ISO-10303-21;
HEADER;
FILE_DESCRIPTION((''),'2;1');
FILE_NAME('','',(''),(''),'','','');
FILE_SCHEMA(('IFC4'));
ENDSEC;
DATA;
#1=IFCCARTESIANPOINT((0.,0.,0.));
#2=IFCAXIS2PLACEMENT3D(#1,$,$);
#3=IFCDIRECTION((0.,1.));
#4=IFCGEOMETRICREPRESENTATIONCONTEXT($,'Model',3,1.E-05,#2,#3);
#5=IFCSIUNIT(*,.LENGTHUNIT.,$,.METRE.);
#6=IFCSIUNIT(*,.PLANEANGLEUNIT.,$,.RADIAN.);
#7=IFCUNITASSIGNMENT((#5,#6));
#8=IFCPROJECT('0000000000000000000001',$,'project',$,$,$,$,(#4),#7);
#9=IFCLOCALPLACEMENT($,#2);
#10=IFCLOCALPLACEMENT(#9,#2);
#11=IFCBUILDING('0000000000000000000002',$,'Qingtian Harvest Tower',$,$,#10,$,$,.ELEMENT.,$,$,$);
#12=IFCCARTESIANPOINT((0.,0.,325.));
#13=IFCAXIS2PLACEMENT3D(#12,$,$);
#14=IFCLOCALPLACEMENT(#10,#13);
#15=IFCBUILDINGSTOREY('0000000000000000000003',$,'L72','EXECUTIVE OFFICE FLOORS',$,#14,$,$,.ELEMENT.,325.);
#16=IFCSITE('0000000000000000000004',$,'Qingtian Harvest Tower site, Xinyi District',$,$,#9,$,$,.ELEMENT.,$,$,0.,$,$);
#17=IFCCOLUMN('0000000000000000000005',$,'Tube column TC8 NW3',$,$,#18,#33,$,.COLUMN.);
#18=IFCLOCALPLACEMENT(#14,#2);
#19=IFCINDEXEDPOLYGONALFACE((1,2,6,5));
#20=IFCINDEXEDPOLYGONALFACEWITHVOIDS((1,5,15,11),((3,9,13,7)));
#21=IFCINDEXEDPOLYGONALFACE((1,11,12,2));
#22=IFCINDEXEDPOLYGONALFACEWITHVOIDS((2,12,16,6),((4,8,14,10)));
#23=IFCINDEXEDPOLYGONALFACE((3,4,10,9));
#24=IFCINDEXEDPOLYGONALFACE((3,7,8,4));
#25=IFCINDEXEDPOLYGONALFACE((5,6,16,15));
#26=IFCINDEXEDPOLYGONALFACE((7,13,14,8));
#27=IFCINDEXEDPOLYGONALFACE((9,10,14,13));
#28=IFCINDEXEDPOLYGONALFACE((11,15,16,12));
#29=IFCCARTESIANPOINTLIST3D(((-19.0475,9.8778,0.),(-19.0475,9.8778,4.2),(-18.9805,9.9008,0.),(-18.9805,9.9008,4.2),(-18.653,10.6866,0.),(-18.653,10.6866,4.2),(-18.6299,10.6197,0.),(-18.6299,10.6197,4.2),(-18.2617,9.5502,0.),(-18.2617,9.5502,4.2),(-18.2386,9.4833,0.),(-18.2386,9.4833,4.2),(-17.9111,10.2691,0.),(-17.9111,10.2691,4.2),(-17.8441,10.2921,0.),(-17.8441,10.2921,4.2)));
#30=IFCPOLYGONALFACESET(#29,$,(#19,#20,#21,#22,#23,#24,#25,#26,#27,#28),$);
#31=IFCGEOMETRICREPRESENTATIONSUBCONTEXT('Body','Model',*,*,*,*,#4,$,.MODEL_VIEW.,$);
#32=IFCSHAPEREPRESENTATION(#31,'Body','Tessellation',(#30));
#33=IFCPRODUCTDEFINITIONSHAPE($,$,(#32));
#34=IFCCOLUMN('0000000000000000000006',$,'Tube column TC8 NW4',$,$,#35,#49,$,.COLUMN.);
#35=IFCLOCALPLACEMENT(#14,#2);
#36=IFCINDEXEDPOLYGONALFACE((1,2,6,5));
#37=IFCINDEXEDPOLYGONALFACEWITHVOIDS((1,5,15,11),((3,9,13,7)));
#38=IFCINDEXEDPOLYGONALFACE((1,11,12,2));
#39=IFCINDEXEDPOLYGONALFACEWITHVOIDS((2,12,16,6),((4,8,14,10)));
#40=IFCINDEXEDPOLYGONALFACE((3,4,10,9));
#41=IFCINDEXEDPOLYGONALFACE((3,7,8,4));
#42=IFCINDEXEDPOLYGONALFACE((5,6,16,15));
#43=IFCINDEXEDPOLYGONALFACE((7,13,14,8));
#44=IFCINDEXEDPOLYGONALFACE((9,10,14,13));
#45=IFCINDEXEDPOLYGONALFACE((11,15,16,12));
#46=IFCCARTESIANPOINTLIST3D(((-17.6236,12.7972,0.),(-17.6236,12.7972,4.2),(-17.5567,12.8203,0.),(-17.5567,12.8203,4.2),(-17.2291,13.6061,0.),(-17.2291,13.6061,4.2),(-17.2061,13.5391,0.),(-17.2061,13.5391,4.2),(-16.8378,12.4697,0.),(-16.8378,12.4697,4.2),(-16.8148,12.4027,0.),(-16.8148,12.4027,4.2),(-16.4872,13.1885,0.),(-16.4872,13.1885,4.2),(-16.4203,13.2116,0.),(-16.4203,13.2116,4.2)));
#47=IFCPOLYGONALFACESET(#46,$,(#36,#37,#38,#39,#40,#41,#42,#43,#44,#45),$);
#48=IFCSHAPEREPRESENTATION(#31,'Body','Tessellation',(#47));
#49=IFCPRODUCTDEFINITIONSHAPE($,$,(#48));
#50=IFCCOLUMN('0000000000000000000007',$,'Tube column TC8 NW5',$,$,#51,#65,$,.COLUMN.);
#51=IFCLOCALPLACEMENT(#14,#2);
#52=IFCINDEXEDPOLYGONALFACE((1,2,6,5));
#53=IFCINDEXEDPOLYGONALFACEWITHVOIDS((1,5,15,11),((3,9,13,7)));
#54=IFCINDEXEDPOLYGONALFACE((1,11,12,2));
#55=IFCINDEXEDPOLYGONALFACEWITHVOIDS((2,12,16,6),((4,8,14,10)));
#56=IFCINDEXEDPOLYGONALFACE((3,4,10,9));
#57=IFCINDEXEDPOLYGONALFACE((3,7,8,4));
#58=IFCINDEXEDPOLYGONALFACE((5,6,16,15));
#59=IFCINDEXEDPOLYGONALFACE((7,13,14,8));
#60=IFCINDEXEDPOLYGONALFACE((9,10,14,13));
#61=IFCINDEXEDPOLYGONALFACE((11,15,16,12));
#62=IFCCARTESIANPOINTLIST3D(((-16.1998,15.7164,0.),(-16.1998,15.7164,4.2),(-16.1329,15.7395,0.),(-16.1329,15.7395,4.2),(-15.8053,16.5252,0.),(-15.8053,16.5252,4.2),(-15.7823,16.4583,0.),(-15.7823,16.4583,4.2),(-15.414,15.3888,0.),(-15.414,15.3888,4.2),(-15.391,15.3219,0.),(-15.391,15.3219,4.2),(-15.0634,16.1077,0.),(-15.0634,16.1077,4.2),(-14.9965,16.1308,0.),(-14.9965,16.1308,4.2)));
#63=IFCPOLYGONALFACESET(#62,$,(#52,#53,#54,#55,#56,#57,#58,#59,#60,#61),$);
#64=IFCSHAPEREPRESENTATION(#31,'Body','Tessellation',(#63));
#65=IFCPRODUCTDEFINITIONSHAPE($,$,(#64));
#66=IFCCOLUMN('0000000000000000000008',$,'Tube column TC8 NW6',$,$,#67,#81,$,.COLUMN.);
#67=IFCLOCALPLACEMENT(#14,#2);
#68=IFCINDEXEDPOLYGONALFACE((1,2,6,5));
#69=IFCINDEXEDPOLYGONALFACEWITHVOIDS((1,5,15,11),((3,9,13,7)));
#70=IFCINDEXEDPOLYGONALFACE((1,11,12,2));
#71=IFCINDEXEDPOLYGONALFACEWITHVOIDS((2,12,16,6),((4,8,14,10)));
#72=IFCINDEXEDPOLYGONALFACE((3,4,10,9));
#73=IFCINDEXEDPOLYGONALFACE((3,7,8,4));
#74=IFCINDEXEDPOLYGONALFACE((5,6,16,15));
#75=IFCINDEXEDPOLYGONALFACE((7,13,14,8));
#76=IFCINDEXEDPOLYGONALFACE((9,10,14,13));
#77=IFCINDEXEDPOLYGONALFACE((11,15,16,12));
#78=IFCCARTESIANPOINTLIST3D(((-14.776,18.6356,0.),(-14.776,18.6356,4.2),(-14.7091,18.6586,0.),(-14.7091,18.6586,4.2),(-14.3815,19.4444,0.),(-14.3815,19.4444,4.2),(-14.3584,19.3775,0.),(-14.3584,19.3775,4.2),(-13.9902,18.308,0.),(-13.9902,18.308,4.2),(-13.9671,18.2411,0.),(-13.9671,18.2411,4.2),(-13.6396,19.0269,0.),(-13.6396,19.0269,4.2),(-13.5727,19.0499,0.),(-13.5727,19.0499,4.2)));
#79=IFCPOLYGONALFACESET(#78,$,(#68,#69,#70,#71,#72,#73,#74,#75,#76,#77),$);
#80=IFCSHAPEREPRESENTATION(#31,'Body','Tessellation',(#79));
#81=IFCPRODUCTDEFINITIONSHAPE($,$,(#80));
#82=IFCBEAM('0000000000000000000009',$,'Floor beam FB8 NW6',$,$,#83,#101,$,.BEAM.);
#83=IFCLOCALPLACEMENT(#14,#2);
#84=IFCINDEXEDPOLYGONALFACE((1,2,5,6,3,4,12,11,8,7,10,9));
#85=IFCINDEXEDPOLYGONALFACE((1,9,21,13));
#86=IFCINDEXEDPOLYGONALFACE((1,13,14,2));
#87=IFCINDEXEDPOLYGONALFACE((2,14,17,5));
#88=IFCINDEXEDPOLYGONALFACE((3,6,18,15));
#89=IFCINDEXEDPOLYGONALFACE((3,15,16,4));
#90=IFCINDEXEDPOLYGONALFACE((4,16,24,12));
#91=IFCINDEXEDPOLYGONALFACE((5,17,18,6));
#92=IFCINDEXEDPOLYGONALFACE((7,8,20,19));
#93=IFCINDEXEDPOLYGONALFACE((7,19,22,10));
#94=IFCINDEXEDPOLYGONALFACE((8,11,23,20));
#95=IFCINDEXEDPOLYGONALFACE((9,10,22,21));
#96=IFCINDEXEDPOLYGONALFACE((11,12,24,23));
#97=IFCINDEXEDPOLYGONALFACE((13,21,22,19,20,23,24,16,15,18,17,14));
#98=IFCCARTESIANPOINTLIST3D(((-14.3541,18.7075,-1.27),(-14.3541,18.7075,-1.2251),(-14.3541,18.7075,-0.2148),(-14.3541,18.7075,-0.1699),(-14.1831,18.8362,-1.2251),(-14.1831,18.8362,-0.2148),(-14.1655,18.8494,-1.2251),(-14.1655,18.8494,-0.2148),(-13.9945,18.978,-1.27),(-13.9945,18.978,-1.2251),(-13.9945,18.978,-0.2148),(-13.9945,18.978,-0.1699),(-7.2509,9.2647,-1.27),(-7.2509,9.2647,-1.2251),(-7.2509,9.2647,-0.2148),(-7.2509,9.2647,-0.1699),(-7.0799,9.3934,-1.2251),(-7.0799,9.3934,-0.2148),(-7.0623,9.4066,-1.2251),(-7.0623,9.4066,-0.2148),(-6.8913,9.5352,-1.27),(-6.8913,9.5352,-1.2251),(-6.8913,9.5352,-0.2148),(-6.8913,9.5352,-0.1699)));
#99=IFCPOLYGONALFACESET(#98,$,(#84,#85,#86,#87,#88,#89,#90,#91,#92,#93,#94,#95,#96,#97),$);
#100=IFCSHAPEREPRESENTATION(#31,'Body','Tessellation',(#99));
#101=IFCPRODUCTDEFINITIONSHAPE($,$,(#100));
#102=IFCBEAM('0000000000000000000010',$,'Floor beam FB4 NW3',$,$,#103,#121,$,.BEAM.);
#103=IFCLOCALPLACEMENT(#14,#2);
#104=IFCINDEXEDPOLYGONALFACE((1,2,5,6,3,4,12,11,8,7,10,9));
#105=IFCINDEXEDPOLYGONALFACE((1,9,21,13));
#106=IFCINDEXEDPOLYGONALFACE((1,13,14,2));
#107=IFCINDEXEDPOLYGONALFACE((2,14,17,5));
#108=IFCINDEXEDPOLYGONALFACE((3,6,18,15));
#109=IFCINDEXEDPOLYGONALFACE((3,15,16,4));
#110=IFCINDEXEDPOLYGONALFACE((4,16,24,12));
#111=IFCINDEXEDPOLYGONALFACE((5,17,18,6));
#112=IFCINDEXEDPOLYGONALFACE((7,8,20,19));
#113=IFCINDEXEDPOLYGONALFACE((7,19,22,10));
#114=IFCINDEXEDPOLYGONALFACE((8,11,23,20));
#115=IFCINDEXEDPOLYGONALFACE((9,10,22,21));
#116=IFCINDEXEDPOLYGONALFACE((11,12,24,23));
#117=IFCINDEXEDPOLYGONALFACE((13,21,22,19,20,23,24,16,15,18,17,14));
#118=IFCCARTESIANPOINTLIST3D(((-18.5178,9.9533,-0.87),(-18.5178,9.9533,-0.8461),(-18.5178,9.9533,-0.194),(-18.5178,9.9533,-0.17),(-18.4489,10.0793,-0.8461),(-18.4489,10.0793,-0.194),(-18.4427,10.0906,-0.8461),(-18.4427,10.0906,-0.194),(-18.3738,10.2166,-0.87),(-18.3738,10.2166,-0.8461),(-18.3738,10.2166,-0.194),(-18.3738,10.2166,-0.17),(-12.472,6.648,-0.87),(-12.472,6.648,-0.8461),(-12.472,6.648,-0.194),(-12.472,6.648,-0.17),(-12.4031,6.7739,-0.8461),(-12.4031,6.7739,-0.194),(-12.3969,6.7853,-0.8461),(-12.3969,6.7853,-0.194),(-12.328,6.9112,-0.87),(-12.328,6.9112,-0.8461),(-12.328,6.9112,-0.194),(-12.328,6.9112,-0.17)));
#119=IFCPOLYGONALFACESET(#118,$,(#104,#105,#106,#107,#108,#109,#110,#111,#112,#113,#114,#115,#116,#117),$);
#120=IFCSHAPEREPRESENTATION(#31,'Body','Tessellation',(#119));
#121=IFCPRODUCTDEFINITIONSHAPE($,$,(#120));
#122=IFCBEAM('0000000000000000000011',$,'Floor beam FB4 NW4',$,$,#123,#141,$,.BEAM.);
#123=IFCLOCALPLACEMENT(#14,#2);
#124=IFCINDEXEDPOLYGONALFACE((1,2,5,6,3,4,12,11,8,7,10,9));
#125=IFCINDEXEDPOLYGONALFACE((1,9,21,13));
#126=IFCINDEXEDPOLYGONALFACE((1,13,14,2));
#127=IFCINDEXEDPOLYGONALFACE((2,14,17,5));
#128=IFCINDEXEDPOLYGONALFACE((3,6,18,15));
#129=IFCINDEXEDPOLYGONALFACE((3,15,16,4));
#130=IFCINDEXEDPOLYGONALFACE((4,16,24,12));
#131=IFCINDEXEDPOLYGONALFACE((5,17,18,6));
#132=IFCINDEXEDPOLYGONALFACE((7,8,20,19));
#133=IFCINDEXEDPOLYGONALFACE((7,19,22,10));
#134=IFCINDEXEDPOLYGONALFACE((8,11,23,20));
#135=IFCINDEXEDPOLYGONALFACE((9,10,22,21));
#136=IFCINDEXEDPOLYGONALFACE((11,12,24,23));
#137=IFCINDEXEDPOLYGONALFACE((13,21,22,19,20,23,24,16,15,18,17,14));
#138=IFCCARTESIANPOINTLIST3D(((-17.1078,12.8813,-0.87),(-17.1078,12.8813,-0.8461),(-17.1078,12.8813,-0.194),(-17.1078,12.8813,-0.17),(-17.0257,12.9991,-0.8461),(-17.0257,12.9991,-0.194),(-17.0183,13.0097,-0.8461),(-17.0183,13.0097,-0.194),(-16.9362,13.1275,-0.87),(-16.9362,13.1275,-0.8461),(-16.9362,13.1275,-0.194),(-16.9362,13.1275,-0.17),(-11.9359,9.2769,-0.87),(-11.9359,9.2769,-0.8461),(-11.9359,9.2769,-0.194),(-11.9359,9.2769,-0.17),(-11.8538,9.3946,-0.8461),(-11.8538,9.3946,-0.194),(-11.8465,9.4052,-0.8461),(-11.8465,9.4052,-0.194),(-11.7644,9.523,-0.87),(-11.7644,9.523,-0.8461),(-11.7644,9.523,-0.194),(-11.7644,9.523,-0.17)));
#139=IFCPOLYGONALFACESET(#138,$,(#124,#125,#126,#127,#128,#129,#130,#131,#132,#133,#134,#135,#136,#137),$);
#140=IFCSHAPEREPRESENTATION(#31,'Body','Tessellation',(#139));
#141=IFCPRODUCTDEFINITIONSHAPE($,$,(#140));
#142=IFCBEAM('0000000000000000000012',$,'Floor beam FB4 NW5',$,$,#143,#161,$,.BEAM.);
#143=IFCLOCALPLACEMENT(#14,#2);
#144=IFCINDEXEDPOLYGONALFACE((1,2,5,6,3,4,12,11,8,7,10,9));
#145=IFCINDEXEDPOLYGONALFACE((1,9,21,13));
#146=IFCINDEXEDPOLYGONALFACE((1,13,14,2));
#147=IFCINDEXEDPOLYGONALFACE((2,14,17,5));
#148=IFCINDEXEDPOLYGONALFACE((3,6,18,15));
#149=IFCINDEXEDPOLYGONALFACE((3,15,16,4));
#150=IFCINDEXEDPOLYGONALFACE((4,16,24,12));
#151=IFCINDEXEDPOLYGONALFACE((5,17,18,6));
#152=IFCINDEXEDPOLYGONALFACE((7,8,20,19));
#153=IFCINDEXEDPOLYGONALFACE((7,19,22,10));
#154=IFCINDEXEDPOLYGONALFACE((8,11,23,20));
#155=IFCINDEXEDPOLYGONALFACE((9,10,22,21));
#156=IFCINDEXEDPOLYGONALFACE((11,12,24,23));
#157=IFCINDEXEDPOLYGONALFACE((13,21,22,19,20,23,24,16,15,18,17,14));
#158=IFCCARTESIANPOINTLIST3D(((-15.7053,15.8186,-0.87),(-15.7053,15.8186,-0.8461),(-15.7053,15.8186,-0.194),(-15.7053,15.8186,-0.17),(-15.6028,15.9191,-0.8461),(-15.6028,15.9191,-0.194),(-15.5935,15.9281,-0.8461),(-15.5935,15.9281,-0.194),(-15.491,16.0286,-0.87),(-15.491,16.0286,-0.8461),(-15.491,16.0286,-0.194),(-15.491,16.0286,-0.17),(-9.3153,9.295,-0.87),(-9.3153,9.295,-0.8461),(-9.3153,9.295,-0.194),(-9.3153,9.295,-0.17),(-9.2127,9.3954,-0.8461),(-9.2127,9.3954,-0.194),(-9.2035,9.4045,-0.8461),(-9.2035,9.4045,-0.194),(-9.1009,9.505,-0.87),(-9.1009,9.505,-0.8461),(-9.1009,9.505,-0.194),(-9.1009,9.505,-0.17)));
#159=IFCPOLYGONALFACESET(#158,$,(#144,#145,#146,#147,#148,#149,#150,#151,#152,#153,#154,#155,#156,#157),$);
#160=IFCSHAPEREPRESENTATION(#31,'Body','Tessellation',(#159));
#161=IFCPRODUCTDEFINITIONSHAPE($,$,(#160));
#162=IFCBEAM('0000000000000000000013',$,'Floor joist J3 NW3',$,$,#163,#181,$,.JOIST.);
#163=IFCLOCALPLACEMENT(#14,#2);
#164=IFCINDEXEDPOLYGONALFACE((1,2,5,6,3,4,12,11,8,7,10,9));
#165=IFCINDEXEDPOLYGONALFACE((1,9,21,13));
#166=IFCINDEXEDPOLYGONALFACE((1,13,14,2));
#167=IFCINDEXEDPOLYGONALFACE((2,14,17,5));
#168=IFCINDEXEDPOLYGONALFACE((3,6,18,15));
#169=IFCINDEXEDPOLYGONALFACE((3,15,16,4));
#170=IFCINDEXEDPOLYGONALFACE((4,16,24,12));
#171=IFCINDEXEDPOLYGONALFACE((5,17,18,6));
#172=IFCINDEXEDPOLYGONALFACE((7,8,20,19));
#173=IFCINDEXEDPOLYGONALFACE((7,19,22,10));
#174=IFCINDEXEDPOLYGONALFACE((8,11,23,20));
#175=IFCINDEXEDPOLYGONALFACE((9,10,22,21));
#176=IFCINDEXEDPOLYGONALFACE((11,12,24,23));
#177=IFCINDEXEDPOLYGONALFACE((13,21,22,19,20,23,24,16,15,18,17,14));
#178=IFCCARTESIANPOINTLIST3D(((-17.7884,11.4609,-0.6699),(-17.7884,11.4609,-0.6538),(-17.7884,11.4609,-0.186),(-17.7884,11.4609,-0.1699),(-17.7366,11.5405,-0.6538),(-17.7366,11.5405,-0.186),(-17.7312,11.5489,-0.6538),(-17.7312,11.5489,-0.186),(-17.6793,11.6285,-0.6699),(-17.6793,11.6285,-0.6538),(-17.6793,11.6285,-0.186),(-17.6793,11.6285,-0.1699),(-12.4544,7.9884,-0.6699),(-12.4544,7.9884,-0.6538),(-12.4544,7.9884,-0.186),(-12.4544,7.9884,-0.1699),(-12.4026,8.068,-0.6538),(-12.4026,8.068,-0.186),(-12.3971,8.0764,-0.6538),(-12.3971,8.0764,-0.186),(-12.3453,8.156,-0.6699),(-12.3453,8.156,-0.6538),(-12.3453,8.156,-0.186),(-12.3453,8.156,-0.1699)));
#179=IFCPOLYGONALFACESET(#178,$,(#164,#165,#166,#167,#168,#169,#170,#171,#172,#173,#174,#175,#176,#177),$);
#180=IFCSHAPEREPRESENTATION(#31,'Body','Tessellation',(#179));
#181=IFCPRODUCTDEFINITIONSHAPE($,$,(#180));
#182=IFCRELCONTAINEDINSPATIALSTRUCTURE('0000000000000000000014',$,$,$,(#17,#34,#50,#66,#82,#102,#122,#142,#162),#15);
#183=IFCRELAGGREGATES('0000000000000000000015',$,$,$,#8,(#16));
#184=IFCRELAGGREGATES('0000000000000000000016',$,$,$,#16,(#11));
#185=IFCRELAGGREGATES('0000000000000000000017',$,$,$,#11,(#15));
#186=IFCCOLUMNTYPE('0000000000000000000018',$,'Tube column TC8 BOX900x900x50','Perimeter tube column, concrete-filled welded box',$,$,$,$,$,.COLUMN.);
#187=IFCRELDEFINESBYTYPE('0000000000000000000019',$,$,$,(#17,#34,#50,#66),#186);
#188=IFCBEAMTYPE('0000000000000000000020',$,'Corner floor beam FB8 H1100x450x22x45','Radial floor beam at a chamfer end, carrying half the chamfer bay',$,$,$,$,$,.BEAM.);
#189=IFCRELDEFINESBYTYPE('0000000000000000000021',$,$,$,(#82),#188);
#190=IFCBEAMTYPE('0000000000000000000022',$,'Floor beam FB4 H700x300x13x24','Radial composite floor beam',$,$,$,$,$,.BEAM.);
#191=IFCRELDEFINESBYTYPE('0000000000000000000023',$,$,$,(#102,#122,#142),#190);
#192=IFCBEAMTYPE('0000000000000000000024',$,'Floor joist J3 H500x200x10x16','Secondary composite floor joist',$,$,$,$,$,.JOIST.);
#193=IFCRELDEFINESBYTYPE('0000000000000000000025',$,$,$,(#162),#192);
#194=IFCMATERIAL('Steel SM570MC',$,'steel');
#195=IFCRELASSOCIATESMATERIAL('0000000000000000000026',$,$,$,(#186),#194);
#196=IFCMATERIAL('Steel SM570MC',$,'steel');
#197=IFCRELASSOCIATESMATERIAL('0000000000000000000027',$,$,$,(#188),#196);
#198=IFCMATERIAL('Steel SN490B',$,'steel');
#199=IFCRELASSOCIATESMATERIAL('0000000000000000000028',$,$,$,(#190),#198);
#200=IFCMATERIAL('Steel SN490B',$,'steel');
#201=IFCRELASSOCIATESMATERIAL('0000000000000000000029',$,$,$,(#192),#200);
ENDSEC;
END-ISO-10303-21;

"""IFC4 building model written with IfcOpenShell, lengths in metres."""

from ifc_helpers import new_model, si_unit, direction, frame, origin, origin_2d, place, context, subcontext, project, spatial, hollow_rectangle, i_section, extrude, material, material_profile, profile_set, type_object, element, save


model = new_model("IFC4")

# Units and contexts
model_context = context("Model", 3, precision=1e-05, world=origin(), true_north=direction((0.0, 1.0)))
body_context = subcontext(model_context, "Body", "Model", "MODEL_VIEW")
ifc_project = project(units=[si_unit("LENGTHUNIT", "METRE"), si_unit("PLANEANGLEUNIT", "RADIAN")], contexts=[model_context])

# Site, building, storey
site_placement = place(None, origin())
site = spatial("IfcSite", under=ifc_project, at=site_placement, Name="Qingtian Harvest Tower site, Xinyi District", CompositionType="ELEMENT", RefElevation=0.0)
building_placement = place(site_placement, origin())
building = spatial("IfcBuilding", under=site, at=building_placement, Name="Qingtian Harvest Tower", CompositionType="ELEMENT")
storey_placement = place(building_placement, frame((0.0, 0.0, 325.0)))
storey = spatial("IfcBuildingStorey", under=building, at=storey_placement, Name="L72", Description="EXECUTIVE OFFICE FLOORS", CompositionType="ELEMENT", Elevation=325.0)

# Columns
ifc_material_1 = material(Name="Steel SM570MC", Category="steel")
ifc_material_profile_1 = material_profile(ifc_material_1, hollow_rectangle(XDim=0.8999, YDim=0.8999, WallThickness=0.05, at=origin_2d()), Name="BOX900x900x50")
ifc_profile_set_1 = profile_set([ifc_material_profile_1], Name="Steel SM570MC")
column_type = type_object("IfcColumnType", Name="Tube column TC8 BOX900x900x50", Description="Perimeter tube column, concrete-filled welded box", PredefinedType="COLUMN", material=ifc_profile_set_1)
for number, where, z_axis, x_axis, name in (
    (1, (-18.4458, 10.085, 0.0), (0.0, 0.0, 1.0), (-0.438371, -0.898794, 0.0), "Tube column TC8 NW3"),
    (2, (-17.022, 13.0044, 0.0), (0.0, 0.0, 1.0), (-0.438371, -0.898794, 0.0), "Tube column TC8 NW4"),
    (3, (-15.5981, 15.9236, 0.0), (0.0, 0.0, 1.0), (-0.438371, -0.898794, 0.0), "Tube column TC8 NW5"),
    (4, (-14.1743, 18.8428, 0.0), (0.0, 0.0, 1.0), (-0.438371, -0.898794, 0.0), "Tube column TC8 NW6"),
):
    element("IfcColumn", number, at=place(storey_placement, frame(where, z_axis=z_axis, x_axis=x_axis)), inside=storey, type_object=column_type, Name=name, PredefinedType="COLUMN", context=body_context, shape_type="SweptSolid", body=[
        extrude(hollow_rectangle(XDim=0.8999, YDim=0.8999, WallThickness=0.05, at=origin_2d()), origin(), (0.0, 0.0, 1.0), 4.2),
    ])

# Beams
ifc_material_2 = material(Name="Steel SM570MC", Category="steel")
ifc_material_profile_2 = material_profile(ifc_material_2, i_section(OverallWidth=0.45, OverallDepth=1.1001, WebThickness=0.022, FlangeThickness=0.0449, at=origin_2d()), Name="H1100x450x22x45")
ifc_profile_set_2 = profile_set([ifc_material_profile_2], Name="Steel SM570MC")
beam_type_1 = type_object("IfcBeamType", Name="Corner floor beam FB8 H1100x450x22x45", Description="Radial floor beam at a chamfer end, carrying half the chamfer bay", PredefinedType="BEAM", material=ifc_profile_set_2)
beam_1_placement = place(storey_placement, frame((-14.1743, 18.8428, -0.72), z_axis=(0.601143, -0.799141, 0.0), x_axis=(0.799141, 0.601143, 0.0)))
element("IfcBeam", 5, at=beam_1_placement, inside=storey, type_object=beam_type_1, Name="Floor beam FB8 NW6", PredefinedType="BEAM", context=body_context, shape_type="SweptSolid", body=[
    extrude(i_section(OverallWidth=0.45, OverallDepth=1.1001, WebThickness=0.022, FlangeThickness=0.0449, at=origin_2d()), origin(), (0.0, 0.0, 1.0), 11.8162),
])
ifc_material_3 = material(Name="Steel SN490B", Category="steel")
ifc_material_profile_3 = material_profile(ifc_material_3, i_section(OverallWidth=0.3, OverallDepth=0.7, WebThickness=0.0129, FlangeThickness=0.0239, at=origin_2d()), Name="H700x300x13x24")
ifc_profile_set_3 = profile_set([ifc_material_profile_3], Name="Steel SN490B")
beam_type_2 = type_object("IfcBeamType", Name="Floor beam FB4 H700x300x13x24", Description="Radial composite floor beam", PredefinedType="BEAM", material=ifc_profile_set_3)
beam_2_placement = place(storey_placement, frame((-18.4458, 10.085, -0.52), z_axis=(0.877428, -0.479708, 0.0), x_axis=(0.479708, 0.877428, 0.0)))
element("IfcBeam", 6, at=beam_2_placement, inside=storey, type_object=beam_type_2, Name="Floor beam FB4 NW3", PredefinedType="BEAM", context=body_context, shape_type="SweptSolid", body=[
    extrude(i_section(OverallWidth=0.3, OverallDepth=0.7, WebThickness=0.0129, FlangeThickness=0.0239, at=origin_2d()), origin(), (0.0, 0.0, 1.0), 6.8904),
])
beam_3_placement = place(storey_placement, frame((-17.022, 13.0044, -0.52), z_axis=(0.820409, -0.571777, 0.0), x_axis=(0.571777, 0.820409, 0.0)))
element("IfcBeam", 7, at=beam_3_placement, inside=storey, type_object=beam_type_2, Name="Floor beam FB4 NW4", PredefinedType="BEAM", context=body_context, shape_type="SweptSolid", body=[
    extrude(i_section(OverallWidth=0.3, OverallDepth=0.7, WebThickness=0.0129, FlangeThickness=0.0239, at=origin_2d()), origin(), (0.0, 0.0, 1.0), 6.304),
])
beam_4_placement = place(storey_placement, frame((-15.5981, 15.9236, -0.52), z_axis=(0.699757, -0.714381, 0.0), x_axis=(0.714381, 0.699757, 0.0)))
element("IfcBeam", 8, at=beam_4_placement, inside=storey, type_object=beam_type_2, Name="Floor beam FB4 NW5", PredefinedType="BEAM", context=body_context, shape_type="SweptSolid", body=[
    extrude(i_section(OverallWidth=0.3, OverallDepth=0.7, WebThickness=0.0129, FlangeThickness=0.0239, at=origin_2d()), origin(), (0.0, 0.0, 1.0), 9.1318),
])
ifc_material_4 = material(Name="Steel SN490B", Category="steel")
ifc_material_profile_4 = material_profile(ifc_material_4, i_section(OverallWidth=0.2, OverallDepth=0.5, WebThickness=0.01, FlangeThickness=0.0161, at=origin_2d()), Name="H500x200x10x16")
ifc_profile_set_4 = profile_set([ifc_material_profile_4], Name="Steel SN490B")
beam_type_3 = type_object("IfcBeamType", Name="Floor joist J3 H500x200x10x16", Description="Secondary composite floor joist", PredefinedType="JOIST", material=ifc_profile_set_4)
beam_5_placement = place(storey_placement, frame((-17.7339, 11.5447, -0.4199), z_axis=(0.838061, -0.545576, 0.0), x_axis=(0.545576, 0.838061, 0.0)))
element("IfcBeam", 9, at=beam_5_placement, inside=storey, type_object=beam_type_3, Name="Floor joist J3 NW3", PredefinedType="JOIST", context=body_context, shape_type="SweptSolid", body=[
    extrude(i_section(OverallWidth=0.2, OverallDepth=0.5, WebThickness=0.01, FlangeThickness=0.0161, at=origin_2d()), origin(), (0.0, 0.0, 1.0), 6.3647),
])

save(model, "model.ifc")
